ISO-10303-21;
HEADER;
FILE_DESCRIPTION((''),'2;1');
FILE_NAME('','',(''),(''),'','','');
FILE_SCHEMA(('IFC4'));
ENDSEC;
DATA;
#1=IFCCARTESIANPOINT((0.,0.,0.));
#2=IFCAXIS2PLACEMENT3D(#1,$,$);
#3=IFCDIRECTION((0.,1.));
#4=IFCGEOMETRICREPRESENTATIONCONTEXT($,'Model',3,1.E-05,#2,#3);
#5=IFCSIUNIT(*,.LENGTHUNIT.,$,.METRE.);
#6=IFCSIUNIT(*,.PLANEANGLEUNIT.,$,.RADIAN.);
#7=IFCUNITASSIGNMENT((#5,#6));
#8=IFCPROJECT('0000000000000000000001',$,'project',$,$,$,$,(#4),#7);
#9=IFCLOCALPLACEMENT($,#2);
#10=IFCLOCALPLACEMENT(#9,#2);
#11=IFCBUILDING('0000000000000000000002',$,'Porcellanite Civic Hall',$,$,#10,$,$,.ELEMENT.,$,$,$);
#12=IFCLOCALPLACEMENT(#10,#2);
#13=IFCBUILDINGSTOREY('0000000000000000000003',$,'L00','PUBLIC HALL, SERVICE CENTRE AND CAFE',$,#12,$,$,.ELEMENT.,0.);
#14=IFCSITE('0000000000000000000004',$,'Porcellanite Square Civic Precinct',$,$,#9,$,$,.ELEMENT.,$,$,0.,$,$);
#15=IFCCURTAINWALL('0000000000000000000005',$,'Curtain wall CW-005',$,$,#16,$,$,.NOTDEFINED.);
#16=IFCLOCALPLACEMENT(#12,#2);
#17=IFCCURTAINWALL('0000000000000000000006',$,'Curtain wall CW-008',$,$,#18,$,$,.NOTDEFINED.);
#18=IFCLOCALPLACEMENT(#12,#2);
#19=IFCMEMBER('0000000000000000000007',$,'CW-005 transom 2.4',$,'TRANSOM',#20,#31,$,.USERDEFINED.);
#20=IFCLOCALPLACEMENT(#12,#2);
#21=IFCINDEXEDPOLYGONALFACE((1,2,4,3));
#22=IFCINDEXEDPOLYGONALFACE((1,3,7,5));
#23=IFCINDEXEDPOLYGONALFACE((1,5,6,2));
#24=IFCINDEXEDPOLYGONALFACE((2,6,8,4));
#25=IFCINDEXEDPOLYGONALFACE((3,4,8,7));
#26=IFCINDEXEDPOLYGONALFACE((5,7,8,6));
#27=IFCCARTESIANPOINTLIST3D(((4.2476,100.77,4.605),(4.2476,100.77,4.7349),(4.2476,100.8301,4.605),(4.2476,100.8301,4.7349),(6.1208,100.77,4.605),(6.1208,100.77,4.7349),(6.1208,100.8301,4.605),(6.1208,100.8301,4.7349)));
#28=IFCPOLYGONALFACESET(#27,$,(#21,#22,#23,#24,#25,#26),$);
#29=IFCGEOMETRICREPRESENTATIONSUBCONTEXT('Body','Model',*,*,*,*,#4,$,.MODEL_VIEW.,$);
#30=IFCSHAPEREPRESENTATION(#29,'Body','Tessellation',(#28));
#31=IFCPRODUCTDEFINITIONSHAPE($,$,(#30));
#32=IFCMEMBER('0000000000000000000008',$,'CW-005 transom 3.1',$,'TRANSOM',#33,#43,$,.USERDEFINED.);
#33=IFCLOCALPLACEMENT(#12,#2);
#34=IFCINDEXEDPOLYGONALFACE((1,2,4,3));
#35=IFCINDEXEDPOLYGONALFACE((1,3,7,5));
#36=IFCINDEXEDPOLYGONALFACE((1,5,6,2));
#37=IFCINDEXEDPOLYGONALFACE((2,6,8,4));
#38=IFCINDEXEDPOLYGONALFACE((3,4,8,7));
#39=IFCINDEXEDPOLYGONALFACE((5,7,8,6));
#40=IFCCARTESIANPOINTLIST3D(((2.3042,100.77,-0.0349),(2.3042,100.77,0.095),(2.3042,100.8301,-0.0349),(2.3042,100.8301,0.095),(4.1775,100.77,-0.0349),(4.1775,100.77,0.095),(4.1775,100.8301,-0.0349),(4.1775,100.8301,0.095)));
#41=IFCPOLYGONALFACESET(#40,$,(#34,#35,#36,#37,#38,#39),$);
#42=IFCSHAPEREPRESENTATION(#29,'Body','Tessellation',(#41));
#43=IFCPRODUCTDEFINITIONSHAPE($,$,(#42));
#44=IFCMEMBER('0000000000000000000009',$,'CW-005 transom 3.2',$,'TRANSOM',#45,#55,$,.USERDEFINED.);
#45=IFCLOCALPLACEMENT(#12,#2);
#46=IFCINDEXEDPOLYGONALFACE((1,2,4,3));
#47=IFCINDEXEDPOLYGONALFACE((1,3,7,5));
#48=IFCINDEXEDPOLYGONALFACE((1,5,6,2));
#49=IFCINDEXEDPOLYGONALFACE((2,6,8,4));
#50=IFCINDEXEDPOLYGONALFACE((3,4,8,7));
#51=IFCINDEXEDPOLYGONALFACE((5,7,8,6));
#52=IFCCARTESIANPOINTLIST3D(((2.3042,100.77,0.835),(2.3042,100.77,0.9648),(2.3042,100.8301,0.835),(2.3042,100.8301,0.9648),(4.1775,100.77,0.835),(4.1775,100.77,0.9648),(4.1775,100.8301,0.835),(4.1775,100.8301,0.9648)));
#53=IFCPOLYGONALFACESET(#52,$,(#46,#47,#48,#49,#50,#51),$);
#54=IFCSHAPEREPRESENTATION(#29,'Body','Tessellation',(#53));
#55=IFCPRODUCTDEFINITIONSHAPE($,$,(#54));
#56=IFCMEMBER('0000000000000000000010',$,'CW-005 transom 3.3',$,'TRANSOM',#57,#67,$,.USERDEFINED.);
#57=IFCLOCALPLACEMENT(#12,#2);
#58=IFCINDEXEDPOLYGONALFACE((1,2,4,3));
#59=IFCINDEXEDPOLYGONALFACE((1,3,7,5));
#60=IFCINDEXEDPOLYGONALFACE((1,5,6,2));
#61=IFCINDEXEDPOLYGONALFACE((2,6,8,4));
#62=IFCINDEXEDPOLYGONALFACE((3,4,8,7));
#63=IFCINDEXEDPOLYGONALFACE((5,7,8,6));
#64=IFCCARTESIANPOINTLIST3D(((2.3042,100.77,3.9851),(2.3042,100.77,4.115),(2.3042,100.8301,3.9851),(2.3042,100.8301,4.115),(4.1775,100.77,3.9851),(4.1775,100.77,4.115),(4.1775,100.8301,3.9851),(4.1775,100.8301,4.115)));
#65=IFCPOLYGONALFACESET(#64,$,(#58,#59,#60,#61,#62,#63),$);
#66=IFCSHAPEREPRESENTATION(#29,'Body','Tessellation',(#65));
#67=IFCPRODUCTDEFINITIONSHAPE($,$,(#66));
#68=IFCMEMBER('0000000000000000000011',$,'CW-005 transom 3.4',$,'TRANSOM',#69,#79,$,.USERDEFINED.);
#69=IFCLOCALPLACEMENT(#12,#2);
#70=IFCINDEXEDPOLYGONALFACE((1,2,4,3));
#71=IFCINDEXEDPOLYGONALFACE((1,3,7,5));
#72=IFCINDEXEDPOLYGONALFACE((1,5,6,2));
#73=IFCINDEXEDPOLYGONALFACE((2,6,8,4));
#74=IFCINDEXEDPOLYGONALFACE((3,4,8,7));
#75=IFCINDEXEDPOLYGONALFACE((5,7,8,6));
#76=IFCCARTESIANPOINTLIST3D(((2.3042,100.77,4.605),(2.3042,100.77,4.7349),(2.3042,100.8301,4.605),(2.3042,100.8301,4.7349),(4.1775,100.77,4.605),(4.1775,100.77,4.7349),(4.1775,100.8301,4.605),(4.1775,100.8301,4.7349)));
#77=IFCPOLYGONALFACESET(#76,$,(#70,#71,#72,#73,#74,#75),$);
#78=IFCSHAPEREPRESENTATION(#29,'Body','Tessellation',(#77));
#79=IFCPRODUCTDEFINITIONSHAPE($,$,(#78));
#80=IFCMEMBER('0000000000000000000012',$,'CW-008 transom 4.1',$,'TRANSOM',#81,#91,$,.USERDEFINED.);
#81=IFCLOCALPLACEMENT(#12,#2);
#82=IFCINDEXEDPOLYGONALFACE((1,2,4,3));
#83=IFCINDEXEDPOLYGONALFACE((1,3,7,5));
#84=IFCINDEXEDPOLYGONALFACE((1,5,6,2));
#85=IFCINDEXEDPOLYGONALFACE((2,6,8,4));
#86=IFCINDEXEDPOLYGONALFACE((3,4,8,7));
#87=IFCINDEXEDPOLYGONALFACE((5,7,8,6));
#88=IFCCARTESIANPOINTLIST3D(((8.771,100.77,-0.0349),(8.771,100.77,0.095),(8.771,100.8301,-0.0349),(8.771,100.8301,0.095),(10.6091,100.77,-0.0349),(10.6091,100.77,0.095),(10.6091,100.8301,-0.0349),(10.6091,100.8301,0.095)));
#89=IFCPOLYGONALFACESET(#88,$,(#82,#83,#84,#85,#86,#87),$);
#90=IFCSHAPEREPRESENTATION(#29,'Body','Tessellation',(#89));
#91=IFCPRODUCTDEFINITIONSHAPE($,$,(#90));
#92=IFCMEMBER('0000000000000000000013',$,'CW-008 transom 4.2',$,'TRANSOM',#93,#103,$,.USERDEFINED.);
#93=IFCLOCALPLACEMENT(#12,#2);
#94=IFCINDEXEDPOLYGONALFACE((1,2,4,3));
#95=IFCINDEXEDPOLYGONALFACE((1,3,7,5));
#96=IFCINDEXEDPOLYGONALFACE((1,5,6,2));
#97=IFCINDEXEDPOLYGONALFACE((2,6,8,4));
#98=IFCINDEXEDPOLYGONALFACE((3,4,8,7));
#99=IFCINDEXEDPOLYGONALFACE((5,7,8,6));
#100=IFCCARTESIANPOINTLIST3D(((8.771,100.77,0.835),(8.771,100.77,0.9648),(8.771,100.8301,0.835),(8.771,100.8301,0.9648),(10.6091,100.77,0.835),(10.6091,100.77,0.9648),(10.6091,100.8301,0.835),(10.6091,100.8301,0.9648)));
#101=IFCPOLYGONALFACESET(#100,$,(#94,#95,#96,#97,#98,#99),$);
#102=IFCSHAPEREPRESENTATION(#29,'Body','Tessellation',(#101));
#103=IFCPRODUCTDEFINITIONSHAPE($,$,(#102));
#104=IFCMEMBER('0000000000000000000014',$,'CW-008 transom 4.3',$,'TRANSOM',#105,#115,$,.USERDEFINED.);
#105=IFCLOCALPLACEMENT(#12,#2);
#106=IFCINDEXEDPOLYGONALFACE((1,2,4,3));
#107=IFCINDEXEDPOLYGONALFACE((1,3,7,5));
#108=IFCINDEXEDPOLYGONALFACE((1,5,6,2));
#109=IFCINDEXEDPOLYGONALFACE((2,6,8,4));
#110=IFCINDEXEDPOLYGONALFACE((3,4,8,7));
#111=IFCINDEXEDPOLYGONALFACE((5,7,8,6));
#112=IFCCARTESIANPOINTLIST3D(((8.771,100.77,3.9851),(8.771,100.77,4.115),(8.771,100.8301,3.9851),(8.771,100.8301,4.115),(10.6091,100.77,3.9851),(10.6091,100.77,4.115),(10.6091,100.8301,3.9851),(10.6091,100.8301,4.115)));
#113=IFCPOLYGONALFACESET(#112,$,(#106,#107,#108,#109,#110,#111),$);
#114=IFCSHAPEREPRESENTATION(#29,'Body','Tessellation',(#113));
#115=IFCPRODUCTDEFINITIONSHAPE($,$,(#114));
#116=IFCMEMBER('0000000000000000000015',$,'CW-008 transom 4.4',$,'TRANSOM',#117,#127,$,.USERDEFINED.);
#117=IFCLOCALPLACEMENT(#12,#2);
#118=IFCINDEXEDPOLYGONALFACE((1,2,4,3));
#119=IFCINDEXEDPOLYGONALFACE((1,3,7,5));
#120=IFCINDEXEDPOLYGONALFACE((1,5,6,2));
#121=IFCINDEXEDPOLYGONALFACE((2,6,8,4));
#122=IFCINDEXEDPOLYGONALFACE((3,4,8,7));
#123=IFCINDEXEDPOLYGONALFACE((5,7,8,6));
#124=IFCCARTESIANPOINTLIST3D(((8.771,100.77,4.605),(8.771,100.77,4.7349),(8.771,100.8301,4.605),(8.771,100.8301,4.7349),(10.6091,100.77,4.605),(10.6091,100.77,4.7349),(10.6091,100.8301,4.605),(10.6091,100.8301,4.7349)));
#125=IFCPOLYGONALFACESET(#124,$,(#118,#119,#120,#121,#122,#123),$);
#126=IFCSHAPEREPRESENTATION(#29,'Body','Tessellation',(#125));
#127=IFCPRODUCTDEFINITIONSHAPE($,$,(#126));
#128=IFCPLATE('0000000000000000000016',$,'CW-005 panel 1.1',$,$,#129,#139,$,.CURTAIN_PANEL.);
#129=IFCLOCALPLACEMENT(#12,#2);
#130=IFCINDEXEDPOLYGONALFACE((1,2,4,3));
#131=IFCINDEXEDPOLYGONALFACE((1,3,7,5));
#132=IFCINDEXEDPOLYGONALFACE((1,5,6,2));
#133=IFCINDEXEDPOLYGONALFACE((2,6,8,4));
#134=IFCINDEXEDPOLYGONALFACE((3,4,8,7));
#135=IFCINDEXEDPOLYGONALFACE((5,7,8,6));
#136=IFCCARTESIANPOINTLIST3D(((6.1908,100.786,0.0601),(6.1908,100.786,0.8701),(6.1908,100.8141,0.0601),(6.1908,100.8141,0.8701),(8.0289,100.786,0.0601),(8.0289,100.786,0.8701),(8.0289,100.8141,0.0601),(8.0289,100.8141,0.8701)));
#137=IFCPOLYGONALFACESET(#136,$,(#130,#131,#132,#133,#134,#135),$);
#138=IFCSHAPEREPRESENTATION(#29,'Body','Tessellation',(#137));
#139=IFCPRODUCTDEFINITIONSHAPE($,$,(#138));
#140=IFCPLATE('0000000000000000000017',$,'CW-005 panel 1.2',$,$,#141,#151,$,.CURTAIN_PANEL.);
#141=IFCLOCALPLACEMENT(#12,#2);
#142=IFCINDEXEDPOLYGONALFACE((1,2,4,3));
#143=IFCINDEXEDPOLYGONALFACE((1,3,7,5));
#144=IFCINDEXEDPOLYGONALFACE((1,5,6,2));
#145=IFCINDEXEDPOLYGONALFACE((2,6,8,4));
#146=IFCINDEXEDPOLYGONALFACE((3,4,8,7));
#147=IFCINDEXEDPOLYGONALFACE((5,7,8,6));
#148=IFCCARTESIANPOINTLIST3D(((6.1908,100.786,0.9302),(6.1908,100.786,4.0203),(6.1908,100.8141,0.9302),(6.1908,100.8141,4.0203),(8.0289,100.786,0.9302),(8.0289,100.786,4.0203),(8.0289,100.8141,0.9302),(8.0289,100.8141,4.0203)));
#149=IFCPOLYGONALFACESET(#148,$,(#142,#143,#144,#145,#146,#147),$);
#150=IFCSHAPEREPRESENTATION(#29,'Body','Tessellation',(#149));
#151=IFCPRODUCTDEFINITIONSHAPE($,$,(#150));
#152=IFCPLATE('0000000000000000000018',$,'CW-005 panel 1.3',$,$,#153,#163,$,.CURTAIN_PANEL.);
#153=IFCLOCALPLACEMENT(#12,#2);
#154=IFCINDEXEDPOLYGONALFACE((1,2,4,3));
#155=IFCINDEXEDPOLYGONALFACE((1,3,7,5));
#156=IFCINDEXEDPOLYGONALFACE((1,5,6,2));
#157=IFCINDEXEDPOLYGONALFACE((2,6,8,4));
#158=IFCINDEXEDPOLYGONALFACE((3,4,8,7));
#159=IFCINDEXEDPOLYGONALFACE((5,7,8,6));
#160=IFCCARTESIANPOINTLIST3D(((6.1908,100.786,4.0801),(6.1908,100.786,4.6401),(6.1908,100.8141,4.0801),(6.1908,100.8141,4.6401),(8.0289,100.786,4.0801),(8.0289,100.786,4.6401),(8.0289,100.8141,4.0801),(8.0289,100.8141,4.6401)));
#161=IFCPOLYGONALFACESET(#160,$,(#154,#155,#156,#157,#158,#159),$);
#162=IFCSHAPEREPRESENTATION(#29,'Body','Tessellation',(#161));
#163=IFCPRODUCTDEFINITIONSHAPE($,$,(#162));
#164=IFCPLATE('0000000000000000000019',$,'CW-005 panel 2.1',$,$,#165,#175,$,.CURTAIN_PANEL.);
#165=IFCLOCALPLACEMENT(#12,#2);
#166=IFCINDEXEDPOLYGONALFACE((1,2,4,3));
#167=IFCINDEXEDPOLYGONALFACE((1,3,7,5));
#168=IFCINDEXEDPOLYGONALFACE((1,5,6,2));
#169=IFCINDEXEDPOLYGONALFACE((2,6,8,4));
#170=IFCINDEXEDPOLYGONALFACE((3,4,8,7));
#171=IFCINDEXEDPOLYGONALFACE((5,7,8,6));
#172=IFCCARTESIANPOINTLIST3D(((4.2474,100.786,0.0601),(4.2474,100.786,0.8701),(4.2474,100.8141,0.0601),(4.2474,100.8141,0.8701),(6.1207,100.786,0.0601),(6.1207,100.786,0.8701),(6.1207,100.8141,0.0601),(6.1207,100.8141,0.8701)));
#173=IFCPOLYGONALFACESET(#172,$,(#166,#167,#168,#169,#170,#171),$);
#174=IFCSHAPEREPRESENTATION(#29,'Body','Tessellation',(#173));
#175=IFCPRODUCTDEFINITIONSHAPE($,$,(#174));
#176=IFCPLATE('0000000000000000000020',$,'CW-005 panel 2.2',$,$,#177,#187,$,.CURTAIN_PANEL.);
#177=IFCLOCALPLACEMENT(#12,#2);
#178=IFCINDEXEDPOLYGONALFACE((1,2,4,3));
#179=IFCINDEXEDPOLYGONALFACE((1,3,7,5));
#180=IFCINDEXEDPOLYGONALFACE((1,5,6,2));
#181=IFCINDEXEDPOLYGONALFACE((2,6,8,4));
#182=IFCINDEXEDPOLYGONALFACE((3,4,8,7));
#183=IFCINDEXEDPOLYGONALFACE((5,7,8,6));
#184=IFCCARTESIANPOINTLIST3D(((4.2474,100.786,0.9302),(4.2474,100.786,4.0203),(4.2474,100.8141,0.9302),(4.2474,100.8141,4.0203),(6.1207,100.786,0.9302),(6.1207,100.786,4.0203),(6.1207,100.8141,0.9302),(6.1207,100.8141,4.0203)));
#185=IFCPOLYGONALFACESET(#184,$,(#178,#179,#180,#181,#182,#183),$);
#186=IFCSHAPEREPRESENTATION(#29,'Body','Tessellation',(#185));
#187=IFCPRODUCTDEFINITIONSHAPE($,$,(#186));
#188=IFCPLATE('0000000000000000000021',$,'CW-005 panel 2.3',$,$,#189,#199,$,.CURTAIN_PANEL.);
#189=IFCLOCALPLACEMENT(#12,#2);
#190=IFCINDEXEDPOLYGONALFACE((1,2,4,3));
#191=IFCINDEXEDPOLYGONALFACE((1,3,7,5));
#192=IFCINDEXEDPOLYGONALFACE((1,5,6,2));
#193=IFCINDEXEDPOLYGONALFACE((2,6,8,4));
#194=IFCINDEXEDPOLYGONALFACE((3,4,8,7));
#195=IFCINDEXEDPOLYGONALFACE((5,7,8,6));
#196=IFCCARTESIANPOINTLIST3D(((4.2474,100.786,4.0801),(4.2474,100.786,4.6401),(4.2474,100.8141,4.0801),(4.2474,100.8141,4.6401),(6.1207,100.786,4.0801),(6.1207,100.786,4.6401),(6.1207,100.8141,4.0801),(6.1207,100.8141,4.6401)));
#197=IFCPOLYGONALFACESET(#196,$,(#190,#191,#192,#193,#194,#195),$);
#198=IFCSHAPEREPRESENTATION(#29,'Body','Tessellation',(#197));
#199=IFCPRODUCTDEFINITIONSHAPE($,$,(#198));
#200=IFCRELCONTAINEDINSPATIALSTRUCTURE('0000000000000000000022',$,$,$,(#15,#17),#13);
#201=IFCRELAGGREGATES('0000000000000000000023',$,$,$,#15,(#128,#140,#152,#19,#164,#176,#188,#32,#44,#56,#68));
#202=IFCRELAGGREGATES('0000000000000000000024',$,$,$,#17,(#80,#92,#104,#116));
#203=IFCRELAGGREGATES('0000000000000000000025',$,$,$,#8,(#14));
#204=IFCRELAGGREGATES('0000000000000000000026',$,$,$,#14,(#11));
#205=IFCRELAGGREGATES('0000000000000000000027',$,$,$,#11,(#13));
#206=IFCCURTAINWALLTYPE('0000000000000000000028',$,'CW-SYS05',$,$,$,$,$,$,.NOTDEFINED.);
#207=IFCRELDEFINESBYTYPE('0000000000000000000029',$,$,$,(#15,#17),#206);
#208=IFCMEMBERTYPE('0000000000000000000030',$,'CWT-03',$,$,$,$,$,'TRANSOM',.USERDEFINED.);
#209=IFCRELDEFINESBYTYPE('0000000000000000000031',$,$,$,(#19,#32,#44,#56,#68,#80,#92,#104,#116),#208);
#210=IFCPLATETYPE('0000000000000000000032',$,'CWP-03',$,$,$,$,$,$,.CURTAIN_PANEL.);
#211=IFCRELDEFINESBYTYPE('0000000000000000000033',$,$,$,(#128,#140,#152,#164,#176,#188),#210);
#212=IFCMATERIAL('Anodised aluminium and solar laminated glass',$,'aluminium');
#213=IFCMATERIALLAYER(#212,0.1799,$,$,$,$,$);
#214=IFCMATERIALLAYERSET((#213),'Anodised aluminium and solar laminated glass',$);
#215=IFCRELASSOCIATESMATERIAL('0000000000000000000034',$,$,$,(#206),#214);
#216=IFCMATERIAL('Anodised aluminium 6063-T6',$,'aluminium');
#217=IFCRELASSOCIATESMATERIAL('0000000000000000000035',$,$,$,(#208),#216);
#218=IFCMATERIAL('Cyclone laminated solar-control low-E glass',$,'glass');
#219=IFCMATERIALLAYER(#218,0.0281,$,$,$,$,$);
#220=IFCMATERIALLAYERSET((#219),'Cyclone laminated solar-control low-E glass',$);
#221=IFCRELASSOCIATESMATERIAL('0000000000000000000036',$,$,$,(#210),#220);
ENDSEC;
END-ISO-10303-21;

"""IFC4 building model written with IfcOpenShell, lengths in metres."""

from ifc_helpers import new_model, si_unit, direction, frame, origin, origin_2d, place, context, subcontext, project, spatial, rectangle, extrude, material, layer, layer_set, material_profile, profile_set, type_object, element, aggregate, save


model = new_model("IFC4")

# Units and contexts
model_context = context("Model", 3, precision=1e-05, world=origin(), true_north=direction((0.0, 1.0)))
body_context = subcontext(model_context, "Body", "Model", "MODEL_VIEW")
ifc_project = project(units=[si_unit("LENGTHUNIT", "METRE"), si_unit("PLANEANGLEUNIT", "RADIAN")], contexts=[model_context])

# Site, building, storey
site_placement = place(None, origin())
site = spatial("IfcSite", under=ifc_project, at=site_placement, Name="Porcellanite Square Civic Precinct", CompositionType="ELEMENT", RefElevation=0.0)
building_placement = place(site_placement, origin())
building = spatial("IfcBuilding", under=site, at=building_placement, Name="Porcellanite Civic Hall", CompositionType="ELEMENT")
storey_placement = place(building_placement, origin())
storey = spatial("IfcBuildingStorey", under=building, at=storey_placement, Name="L00", Description="PUBLIC HALL, SERVICE CENTRE AND CAFE", CompositionType="ELEMENT", Elevation=0.0)

# Curtain walls
ifc_material_1 = material(Name="Anodised aluminium and solar laminated glass", Category="aluminium")
ifc_layer_1 = layer(ifc_material_1, 0.1799)
ifc_layer_set_1 = layer_set([ifc_layer_1], Name="Anodised aluminium and solar laminated glass")
curtain_wall_type = type_object("IfcCurtainWallType", Name="CW-SYS05", PredefinedType="NOTDEFINED", material=ifc_layer_set_1)
curtain_wall_1_placement = place(storey_placement, origin())
curtain_wall_1 = element("IfcCurtainWall", 1, at=curtain_wall_1_placement, inside=storey, type_object=curtain_wall_type, Name="Curtain wall CW-005", PredefinedType="NOTDEFINED")
curtain_wall_2_placement = place(storey_placement, origin())
curtain_wall_2 = element("IfcCurtainWall", 2, at=curtain_wall_2_placement, inside=storey, type_object=curtain_wall_type, Name="Curtain wall CW-008", PredefinedType="NOTDEFINED")

# Members
ifc_material_2 = material(Name="Anodised aluminium 6063-T6", Category="aluminium")
ifc_material_profile_1 = material_profile(ifc_material_2, rectangle(XDim=0.0601, YDim=0.1299, at=origin_2d()), Name="AL-60x130")
ifc_profile_set_1 = profile_set([ifc_material_profile_1], Name="Anodised aluminium 6063-T6")
member_type_1 = type_object("IfcMemberType", Name="CWT-03", ElementType="TRANSOM", PredefinedType="USERDEFINED", material=ifc_profile_set_1)
member_1_placement = place(storey_placement, frame((6.1208, 100.8, 4.6699), z_axis=(-1.0, 0.0, 0.0), x_axis=(0.0, -1.0, 0.0)))
member_1 = element("IfcMember", 3, at=member_1_placement, type_object=member_type_1, Name="CW-005 transom 2.4", ObjectType="TRANSOM", PredefinedType="USERDEFINED", context=body_context, shape_type="SweptSolid", body=[
    extrude(rectangle(XDim=0.0601, YDim=0.1299, at=origin_2d()), origin(), (0.0, 0.0, 1.0), 1.8733),
])
member_2_placement = place(storey_placement, frame((4.1775, 100.8, 0.03), z_axis=(-1.0, 0.0, 0.0), x_axis=(0.0, -1.0, 0.0)))
member_2 = element("IfcMember", 4, at=member_2_placement, type_object=member_type_1, Name="CW-005 transom 3.1", ObjectType="TRANSOM", PredefinedType="USERDEFINED", context=body_context, shape_type="SweptSolid", body=[
    extrude(rectangle(XDim=0.0601, YDim=0.1299, at=origin_2d()), origin(), (0.0, 0.0, 1.0), 1.8733),
])
member_3_placement = place(storey_placement, frame((4.1775, 100.8, 0.8999), z_axis=(-1.0, 0.0, 0.0), x_axis=(0.0, -1.0, 0.0)))
member_3 = element("IfcMember", 5, at=member_3_placement, type_object=member_type_1, Name="CW-005 transom 3.2", ObjectType="TRANSOM", PredefinedType="USERDEFINED", context=body_context, shape_type="SweptSolid", body=[
    extrude(rectangle(XDim=0.0601, YDim=0.1299, at=origin_2d()), origin(), (0.0, 0.0, 1.0), 1.8733),
])
member_4_placement = place(storey_placement, frame((4.1775, 100.8, 4.05), z_axis=(-1.0, 0.0, 0.0), x_axis=(0.0, -1.0, 0.0)))
member_4 = element("IfcMember", 6, at=member_4_placement, type_object=member_type_1, Name="CW-005 transom 3.3", ObjectType="TRANSOM", PredefinedType="USERDEFINED", context=body_context, shape_type="SweptSolid", body=[
    extrude(rectangle(XDim=0.0601, YDim=0.1299, at=origin_2d()), origin(), (0.0, 0.0, 1.0), 1.8733),
])
member_5_placement = place(storey_placement, frame((4.1775, 100.8, 4.6699), z_axis=(-1.0, 0.0, 0.0), x_axis=(0.0, -1.0, 0.0)))
member_5 = element("IfcMember", 7, at=member_5_placement, type_object=member_type_1, Name="CW-005 transom 3.4", ObjectType="TRANSOM", PredefinedType="USERDEFINED", context=body_context, shape_type="SweptSolid", body=[
    extrude(rectangle(XDim=0.0601, YDim=0.1299, at=origin_2d()), origin(), (0.0, 0.0, 1.0), 1.8733),
])
member_6_placement = place(storey_placement, frame((10.6091, 100.8, 0.03), z_axis=(-1.0, 0.0, 0.0), x_axis=(0.0, -1.0, 0.0)))
member_6 = element("IfcMember", 8, at=member_6_placement, type_object=member_type_1, Name="CW-008 transom 4.1", ObjectType="TRANSOM", PredefinedType="USERDEFINED", context=body_context, shape_type="SweptSolid", body=[
    extrude(rectangle(XDim=0.0601, YDim=0.1299, at=origin_2d()), origin(), (0.0, 0.0, 1.0), 1.8381),
])
member_7_placement = place(storey_placement, frame((10.6091, 100.8, 0.8999), z_axis=(-1.0, 0.0, 0.0), x_axis=(0.0, -1.0, 0.0)))
member_7 = element("IfcMember", 9, at=member_7_placement, type_object=member_type_1, Name="CW-008 transom 4.2", ObjectType="TRANSOM", PredefinedType="USERDEFINED", context=body_context, shape_type="SweptSolid", body=[
    extrude(rectangle(XDim=0.0601, YDim=0.1299, at=origin_2d()), origin(), (0.0, 0.0, 1.0), 1.8381),
])
member_8_placement = place(storey_placement, frame((10.6091, 100.8, 4.05), z_axis=(-1.0, 0.0, 0.0), x_axis=(0.0, -1.0, 0.0)))
member_8 = element("IfcMember", 10, at=member_8_placement, type_object=member_type_1, Name="CW-008 transom 4.3", ObjectType="TRANSOM", PredefinedType="USERDEFINED", context=body_context, shape_type="SweptSolid", body=[
    extrude(rectangle(XDim=0.0601, YDim=0.1299, at=origin_2d()), origin(), (0.0, 0.0, 1.0), 1.8381),
])
member_9_placement = place(storey_placement, frame((10.6091, 100.8, 4.6699), z_axis=(-1.0, 0.0, 0.0), x_axis=(0.0, -1.0, 0.0)))
member_9 = element("IfcMember", 11, at=member_9_placement, type_object=member_type_1, Name="CW-008 transom 4.4", ObjectType="TRANSOM", PredefinedType="USERDEFINED", context=body_context, shape_type="SweptSolid", body=[
    extrude(rectangle(XDim=0.0601, YDim=0.1299, at=origin_2d()), origin(), (0.0, 0.0, 1.0), 1.8381),
])

# Plates
ifc_material_3 = material(Name="Cyclone laminated solar-control low-E glass", Category="glass")
ifc_layer_2 = layer(ifc_material_3, 0.0281)
ifc_layer_set_2 = layer_set([ifc_layer_2], Name="Cyclone laminated solar-control low-E glass")
plate_type = type_object("IfcPlateType", Name="CWP-03", PredefinedType="CURTAIN_PANEL", material=ifc_layer_set_2)
plate_1_placement = place(storey_placement, frame((7.1099, 100.8, 0.0601), z_axis=(0.0, 0.0, 1.0), x_axis=(-1.0, 0.0, 0.0)))
plate_1 = element("IfcPlate", 12, at=plate_1_placement, type_object=plate_type, Name="CW-005 panel 1.1", PredefinedType="CURTAIN_PANEL", context=body_context, shape_type="SweptSolid", body=[
    extrude(rectangle(XDim=1.8381, YDim=0.0281, at=origin_2d()), origin(), (0.0, 0.0, 1.0), 0.8101),
])
plate_2_placement = place(storey_placement, frame((7.1099, 100.8, 0.9302), z_axis=(0.0, 0.0, 1.0), x_axis=(-1.0, 0.0, 0.0)))
plate_2 = element("IfcPlate", 13, at=plate_2_placement, type_object=plate_type, Name="CW-005 panel 1.2", PredefinedType="CURTAIN_PANEL", context=body_context, shape_type="SweptSolid", body=[
    extrude(rectangle(XDim=1.8381, YDim=0.0281, at=origin_2d()), origin(), (0.0, 0.0, 1.0), 3.0901),
])
plate_3_placement = place(storey_placement, frame((7.1099, 100.8, 4.0801), z_axis=(0.0, 0.0, 1.0), x_axis=(-1.0, 0.0, 0.0)))
plate_3 = element("IfcPlate", 14, at=plate_3_placement, type_object=plate_type, Name="CW-005 panel 1.3", PredefinedType="CURTAIN_PANEL", context=body_context, shape_type="SweptSolid", body=[
    extrude(rectangle(XDim=1.8381, YDim=0.0281, at=origin_2d()), origin(), (0.0, 0.0, 1.0), 0.5601),
])
plate_4_placement = place(storey_placement, frame((5.1841, 100.8, 0.0601), z_axis=(0.0, 0.0, 1.0), x_axis=(-1.0, 0.0, 0.0)))
plate_4 = element("IfcPlate", 15, at=plate_4_placement, type_object=plate_type, Name="CW-005 panel 2.1", PredefinedType="CURTAIN_PANEL", context=body_context, shape_type="SweptSolid", body=[
    extrude(rectangle(XDim=1.8733, YDim=0.0281, at=origin_2d()), origin(), (0.0, 0.0, 1.0), 0.8101),
])
plate_5_placement = place(storey_placement, frame((5.1841, 100.8, 0.9302), z_axis=(0.0, 0.0, 1.0), x_axis=(-1.0, 0.0, 0.0)))
plate_5 = element("IfcPlate", 16, at=plate_5_placement, type_object=plate_type, Name="CW-005 panel 2.2", PredefinedType="CURTAIN_PANEL", context=body_context, shape_type="SweptSolid", body=[
    extrude(rectangle(XDim=1.8733, YDim=0.0281, at=origin_2d()), origin(), (0.0, 0.0, 1.0), 3.0901),
])
plate_6_placement = place(storey_placement, frame((5.1841, 100.8, 4.0801), z_axis=(0.0, 0.0, 1.0), x_axis=(-1.0, 0.0, 0.0)))
plate_6 = element("IfcPlate", 17, at=plate_6_placement, type_object=plate_type, Name="CW-005 panel 2.3", PredefinedType="CURTAIN_PANEL", context=body_context, shape_type="SweptSolid", body=[
    extrude(rectangle(XDim=1.8733, YDim=0.0281, at=origin_2d()), origin(), (0.0, 0.0, 1.0), 0.5601),
])
aggregate(curtain_wall_1, [plate_1, plate_2, plate_3, member_1, plate_4, plate_5, plate_6, member_2, member_3, member_4, member_5])
aggregate(curtain_wall_2, [member_6, member_7, member_8, member_9])

save(model, "model.ifc")
